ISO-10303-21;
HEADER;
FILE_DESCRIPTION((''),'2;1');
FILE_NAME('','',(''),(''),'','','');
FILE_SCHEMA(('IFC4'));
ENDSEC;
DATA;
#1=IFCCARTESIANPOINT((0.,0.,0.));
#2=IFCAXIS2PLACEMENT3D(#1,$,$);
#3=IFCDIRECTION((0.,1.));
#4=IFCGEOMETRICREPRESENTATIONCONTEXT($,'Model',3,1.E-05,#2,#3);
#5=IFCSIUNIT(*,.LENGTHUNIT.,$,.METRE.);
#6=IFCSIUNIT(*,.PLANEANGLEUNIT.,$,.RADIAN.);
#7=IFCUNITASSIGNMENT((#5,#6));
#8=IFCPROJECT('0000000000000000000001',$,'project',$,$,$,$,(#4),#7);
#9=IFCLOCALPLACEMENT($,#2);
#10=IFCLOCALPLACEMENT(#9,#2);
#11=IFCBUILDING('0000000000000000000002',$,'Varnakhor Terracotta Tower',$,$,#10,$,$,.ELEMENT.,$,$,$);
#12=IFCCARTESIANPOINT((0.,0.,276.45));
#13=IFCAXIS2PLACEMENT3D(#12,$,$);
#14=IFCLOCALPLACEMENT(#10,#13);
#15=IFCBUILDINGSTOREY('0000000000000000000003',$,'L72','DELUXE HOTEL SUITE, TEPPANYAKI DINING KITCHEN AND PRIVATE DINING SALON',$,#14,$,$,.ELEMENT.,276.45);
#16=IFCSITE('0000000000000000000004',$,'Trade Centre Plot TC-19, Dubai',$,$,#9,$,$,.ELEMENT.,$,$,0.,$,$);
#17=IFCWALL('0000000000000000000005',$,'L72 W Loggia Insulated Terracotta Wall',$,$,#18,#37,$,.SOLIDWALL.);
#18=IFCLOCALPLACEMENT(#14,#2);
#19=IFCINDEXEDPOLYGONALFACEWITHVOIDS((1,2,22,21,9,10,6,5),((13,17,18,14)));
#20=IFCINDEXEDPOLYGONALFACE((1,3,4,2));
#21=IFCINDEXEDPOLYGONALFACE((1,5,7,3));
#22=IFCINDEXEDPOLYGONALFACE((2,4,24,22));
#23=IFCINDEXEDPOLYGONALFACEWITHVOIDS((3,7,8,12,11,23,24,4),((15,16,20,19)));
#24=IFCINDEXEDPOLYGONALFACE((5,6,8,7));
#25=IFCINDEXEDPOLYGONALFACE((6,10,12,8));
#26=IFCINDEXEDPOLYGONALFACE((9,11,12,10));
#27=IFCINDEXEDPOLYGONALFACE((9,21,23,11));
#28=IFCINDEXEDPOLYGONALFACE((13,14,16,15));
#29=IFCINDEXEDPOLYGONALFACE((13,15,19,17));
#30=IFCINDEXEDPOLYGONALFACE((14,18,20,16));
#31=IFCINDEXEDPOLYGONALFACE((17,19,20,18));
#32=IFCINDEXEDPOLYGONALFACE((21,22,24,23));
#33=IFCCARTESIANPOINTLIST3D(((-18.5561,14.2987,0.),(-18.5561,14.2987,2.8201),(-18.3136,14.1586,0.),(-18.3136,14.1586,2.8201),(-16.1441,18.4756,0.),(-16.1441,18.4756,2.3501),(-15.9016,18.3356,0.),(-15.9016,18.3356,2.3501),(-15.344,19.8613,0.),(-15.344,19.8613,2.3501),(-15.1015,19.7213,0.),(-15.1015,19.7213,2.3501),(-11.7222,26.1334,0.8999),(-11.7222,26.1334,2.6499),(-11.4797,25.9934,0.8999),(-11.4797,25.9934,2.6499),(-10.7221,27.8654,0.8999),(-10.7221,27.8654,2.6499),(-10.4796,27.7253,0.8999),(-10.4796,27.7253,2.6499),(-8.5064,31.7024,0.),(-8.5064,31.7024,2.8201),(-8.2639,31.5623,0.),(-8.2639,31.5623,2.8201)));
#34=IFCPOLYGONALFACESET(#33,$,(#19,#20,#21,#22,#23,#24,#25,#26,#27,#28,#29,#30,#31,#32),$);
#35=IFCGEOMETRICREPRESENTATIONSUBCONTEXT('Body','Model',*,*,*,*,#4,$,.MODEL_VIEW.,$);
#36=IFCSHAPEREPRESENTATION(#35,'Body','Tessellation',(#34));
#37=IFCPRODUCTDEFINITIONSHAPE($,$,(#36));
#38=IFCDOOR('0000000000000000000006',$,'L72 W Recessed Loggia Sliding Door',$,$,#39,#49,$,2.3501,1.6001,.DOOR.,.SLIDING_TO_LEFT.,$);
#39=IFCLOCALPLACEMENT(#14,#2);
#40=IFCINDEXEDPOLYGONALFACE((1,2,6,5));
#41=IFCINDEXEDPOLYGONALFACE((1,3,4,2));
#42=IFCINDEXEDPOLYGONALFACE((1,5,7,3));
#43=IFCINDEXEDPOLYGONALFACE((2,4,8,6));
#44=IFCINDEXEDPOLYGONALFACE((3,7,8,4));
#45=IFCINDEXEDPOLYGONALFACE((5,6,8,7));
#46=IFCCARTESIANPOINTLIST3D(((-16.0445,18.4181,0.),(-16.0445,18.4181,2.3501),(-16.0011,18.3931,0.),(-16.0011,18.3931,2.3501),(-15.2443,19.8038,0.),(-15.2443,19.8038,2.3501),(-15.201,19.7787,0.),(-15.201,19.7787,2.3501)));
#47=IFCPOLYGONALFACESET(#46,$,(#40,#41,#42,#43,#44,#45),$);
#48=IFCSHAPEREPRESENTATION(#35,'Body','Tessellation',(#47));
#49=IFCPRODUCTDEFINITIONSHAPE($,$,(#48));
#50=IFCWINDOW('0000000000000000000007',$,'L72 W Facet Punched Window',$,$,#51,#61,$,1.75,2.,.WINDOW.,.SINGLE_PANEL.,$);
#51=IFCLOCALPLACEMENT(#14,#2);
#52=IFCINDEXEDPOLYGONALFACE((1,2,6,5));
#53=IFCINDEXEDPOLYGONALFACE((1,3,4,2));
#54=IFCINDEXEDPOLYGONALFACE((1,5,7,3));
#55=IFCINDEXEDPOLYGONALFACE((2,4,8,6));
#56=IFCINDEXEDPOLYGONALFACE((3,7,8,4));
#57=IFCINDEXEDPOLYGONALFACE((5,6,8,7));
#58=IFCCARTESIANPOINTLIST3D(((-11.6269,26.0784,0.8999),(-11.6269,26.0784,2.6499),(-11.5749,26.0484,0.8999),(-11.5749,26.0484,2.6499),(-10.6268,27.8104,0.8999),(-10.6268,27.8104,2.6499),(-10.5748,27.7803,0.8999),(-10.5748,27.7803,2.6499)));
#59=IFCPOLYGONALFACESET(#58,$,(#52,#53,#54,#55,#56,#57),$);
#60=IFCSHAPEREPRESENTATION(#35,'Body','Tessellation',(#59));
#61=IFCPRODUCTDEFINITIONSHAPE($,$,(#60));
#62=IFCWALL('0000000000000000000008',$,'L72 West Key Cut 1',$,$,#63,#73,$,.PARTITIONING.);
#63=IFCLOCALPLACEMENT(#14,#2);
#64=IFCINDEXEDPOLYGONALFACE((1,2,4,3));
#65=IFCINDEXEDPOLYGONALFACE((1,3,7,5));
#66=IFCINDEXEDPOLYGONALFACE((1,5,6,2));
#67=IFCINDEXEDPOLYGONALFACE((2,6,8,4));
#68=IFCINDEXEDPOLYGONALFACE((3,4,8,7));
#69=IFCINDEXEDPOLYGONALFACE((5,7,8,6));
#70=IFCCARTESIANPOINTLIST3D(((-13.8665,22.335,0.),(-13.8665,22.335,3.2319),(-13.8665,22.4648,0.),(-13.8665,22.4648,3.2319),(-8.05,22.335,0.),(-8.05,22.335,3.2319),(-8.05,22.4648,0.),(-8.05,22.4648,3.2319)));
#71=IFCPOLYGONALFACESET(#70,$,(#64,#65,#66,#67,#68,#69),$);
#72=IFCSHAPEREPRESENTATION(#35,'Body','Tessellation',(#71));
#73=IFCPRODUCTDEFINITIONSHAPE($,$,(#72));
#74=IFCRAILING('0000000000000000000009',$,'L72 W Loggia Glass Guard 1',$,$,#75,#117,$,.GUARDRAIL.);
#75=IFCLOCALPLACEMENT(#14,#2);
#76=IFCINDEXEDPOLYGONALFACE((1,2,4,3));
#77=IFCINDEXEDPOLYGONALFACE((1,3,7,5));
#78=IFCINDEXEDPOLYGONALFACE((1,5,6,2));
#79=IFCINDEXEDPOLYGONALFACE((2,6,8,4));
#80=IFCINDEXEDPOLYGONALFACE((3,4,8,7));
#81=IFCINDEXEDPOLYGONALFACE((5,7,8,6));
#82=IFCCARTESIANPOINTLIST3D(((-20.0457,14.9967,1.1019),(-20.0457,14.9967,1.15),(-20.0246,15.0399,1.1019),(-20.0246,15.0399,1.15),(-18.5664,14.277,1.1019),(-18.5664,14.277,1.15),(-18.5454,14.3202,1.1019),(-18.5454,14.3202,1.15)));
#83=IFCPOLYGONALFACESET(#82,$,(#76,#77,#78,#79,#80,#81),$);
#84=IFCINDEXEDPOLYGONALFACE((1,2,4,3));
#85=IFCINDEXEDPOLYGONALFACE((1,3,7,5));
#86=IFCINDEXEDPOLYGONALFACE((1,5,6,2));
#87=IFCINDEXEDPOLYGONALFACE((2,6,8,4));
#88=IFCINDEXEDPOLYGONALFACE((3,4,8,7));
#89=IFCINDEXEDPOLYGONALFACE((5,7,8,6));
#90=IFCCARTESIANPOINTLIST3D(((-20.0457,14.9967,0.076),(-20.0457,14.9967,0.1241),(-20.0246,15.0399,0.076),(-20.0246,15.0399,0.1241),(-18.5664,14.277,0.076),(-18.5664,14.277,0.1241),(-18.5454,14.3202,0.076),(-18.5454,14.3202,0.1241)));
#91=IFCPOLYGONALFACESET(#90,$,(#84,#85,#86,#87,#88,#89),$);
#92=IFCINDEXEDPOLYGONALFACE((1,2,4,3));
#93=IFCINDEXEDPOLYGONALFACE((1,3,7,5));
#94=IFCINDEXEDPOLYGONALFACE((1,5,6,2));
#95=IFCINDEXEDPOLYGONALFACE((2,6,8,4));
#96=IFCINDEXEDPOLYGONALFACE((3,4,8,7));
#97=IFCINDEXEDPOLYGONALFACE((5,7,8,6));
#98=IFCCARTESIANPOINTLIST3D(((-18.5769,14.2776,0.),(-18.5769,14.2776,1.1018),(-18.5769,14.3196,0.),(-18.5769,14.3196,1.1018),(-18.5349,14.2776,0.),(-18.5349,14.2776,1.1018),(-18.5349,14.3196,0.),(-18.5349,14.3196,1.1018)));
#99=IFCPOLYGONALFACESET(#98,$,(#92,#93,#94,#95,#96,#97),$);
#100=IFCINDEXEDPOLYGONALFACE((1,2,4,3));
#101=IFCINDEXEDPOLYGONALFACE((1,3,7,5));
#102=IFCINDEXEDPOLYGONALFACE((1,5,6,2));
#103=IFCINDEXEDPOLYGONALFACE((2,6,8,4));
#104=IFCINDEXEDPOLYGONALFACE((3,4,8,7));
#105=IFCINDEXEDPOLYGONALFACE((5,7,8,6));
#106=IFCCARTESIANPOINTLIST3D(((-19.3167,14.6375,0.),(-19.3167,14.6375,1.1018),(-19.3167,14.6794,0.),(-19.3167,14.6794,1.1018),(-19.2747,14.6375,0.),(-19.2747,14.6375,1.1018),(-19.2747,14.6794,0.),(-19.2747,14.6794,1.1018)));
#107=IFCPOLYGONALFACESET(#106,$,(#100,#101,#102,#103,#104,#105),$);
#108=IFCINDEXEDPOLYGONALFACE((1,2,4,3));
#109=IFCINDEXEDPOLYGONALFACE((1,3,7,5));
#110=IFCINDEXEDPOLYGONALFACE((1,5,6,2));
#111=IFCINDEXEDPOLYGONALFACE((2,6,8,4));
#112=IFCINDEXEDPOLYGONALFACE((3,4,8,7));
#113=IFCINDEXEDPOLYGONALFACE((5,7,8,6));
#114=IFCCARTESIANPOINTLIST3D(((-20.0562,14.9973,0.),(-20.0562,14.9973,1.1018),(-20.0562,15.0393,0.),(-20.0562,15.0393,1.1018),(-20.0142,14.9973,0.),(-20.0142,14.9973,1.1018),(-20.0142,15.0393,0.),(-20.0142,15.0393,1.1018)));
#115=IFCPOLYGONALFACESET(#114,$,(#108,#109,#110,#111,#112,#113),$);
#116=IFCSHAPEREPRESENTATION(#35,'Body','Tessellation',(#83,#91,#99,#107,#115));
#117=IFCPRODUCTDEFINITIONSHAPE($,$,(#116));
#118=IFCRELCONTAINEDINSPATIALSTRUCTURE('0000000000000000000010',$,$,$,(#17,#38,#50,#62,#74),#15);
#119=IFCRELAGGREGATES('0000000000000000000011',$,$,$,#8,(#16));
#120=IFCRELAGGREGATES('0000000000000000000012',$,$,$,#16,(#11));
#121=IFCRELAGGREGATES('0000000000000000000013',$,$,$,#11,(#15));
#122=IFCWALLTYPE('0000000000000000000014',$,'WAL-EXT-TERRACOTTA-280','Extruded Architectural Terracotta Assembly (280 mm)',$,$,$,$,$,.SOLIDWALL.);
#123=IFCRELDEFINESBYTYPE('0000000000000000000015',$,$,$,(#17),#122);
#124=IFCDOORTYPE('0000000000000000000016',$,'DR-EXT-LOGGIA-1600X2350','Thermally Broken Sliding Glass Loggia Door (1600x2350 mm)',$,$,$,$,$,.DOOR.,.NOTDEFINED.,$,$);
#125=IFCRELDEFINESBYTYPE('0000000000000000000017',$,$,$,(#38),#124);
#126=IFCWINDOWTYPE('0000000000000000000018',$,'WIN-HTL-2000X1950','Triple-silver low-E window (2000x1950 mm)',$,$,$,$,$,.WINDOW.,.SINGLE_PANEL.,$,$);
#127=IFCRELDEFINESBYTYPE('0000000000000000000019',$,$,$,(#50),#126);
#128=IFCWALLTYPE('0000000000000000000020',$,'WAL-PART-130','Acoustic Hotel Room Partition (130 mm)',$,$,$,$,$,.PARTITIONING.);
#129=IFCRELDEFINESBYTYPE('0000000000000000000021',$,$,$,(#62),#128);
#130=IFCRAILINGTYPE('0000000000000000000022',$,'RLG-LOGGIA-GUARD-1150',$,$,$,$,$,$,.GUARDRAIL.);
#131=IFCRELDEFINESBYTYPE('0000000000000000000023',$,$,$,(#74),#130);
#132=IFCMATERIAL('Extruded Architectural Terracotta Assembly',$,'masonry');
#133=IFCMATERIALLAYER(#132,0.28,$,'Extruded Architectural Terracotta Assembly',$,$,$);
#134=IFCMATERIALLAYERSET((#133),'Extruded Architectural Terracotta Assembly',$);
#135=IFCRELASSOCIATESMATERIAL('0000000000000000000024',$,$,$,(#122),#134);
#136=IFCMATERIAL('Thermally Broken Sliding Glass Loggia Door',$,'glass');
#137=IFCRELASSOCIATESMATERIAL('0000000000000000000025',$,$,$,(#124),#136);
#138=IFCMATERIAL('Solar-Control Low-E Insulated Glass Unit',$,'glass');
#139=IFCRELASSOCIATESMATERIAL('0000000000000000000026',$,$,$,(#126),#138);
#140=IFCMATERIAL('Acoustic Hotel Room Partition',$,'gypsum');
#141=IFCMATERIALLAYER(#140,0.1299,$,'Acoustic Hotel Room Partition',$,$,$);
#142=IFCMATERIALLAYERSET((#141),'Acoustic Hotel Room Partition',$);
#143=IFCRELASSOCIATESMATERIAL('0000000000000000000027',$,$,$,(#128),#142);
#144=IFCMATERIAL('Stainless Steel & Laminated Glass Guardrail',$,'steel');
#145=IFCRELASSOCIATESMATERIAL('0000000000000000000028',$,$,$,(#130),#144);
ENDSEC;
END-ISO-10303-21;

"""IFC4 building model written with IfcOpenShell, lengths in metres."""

from ifc_helpers import new_model, si_unit, direction, frame, frame_2d, origin, origin_2d, place, context, subcontext, project, spatial, rectangle, extrude, source, transform, mapped, material, layer, layer_set, type_object, type_shapes, element, fill, save


model = new_model("IFC4")

# Units and contexts
model_context = context("Model", 3, precision=1e-05, world=origin(), true_north=direction((0.0, 1.0)))
body_context = subcontext(model_context, "Body", "Model", "MODEL_VIEW")
ifc_project = project(units=[si_unit("LENGTHUNIT", "METRE"), si_unit("PLANEANGLEUNIT", "RADIAN")], contexts=[model_context])

# Site, building, storey
site_placement = place(None, origin())
site = spatial("IfcSite", under=ifc_project, at=site_placement, Name="Trade Centre Plot TC-19, Dubai", CompositionType="ELEMENT", RefElevation=0.0)
building_placement = place(site_placement, origin())
building = spatial("IfcBuilding", under=site, at=building_placement, Name="Varnakhor Terracotta Tower", CompositionType="ELEMENT")
storey_placement = place(building_placement, frame((0.0, 0.0, 276.45)))
storey = spatial("IfcBuildingStorey", under=building, at=storey_placement, Name="L72", Description="DELUXE HOTEL SUITE, TEPPANYAKI DINING KITCHEN AND PRIVATE DINING SALON", CompositionType="ELEMENT", Elevation=276.45)

# Wall, openings, door, window
ifc_material_1 = material(Name="Extruded Architectural Terracotta Assembly", Category="masonry")
ifc_layer_1 = layer(ifc_material_1, 0.28, Name="Extruded Architectural Terracotta Assembly")
ifc_layer_set_1 = layer_set([ifc_layer_1], Name="Extruded Architectural Terracotta Assembly")
wall_type_1 = type_object("IfcWallType", Name="WAL-EXT-TERRACOTTA-280", Description="Extruded Architectural Terracotta Assembly (280 mm)", PredefinedType="SOLIDWALL", material=ifc_layer_set_1)
wall_1_placement = place(storey_placement, frame((-18.4348, 14.2288, 0.0), z_axis=(0.0, 0.0, 1.0), x_axis=(0.500064, 0.865989, 0.0)))
wall_1 = element("IfcWall", 1, at=wall_1_placement, inside=storey, type_object=wall_type_1, Name="L72 W Loggia Insulated Terracotta Wall", PredefinedType="SOLIDWALL", context=body_context, shape_type="SweptSolid", body=[
    extrude(rectangle(XDim=20.0969, YDim=0.28, at=frame_2d((10.0483, 0.0))), origin(), (0.0, 0.0, 1.0), 2.8201),
])
opening_1_placement = place(wall_1_placement, frame((4.8232, 0.0, 0.0)))
opening_1 = element("IfcOpeningElement", 2, at=opening_1_placement, cuts=wall_1, PredefinedType="OPENING", context=body_context, shape_type="SweptSolid", body=[
    extrude(rectangle(XDim=1.6001, YDim=2.3501, at=frame_2d((0.8, 1.175))), frame((0.0, 0.1499, 0.0), z_axis=(0.0, -1.0, 0.0), x_axis=(1.0, 0.0, 0.0)), (0.0, 0.0, 1.0), 0.3),
])
opening_2_placement = place(wall_1_placement, frame((13.666, 0.0, 0.8999)))
opening_2 = element("IfcOpeningElement", 3, at=opening_2_placement, cuts=wall_1, PredefinedType="OPENING", context=body_context, shape_type="SweptSolid", body=[
    extrude(rectangle(XDim=2.0, YDim=1.75, at=frame_2d((1.0, 0.875))), frame((0.0, 0.1499, 0.0), z_axis=(0.0, -1.0, 0.0), x_axis=(1.0, 0.0, 0.0)), (0.0, 0.0, 1.0), 0.3),
])
ifc_material_2 = material(Name="Thermally Broken Sliding Glass Loggia Door", Category="glass")
door_type_1 = type_object("IfcDoorType", Name="DR-EXT-LOGGIA-1600X2350", Description="Thermally Broken Sliding Glass Loggia Door (1600x2350 mm)", OperationType="NOTDEFINED", PredefinedType="DOOR", material=ifc_material_2)
shared_shape_1 = source(origin(), body_context, "Body", "SweptSolid", [
    extrude(rectangle(XDim=1.6001, YDim=2.3501, at=frame_2d((0.8, 1.175))), frame((0.0, 0.0249, 0.0), z_axis=(0.0, -1.0, 0.0), x_axis=(1.0, 0.0, 0.0)), (0.0, 0.0, 1.0), 0.05),
])
type_shapes(door_type_1, [shared_shape_1])
door_1_placement = place(opening_1_placement, origin())
door_1 = element("IfcDoor", 4, at=door_1_placement, inside=storey, type_object=door_type_1, Name="L72 W Recessed Loggia Sliding Door", OperationType="SLIDING_TO_LEFT", OverallHeight=2.3501, OverallWidth=1.6001, PredefinedType="DOOR", context=body_context, shape_type="MappedRepresentation", body=[
    mapped(shared_shape_1, transform((0.0, 0.0, 0.0), scale=1.0)),
])
fill(opening_1, door_1)
ifc_material_3 = material(Name="Solar-Control Low-E Insulated Glass Unit", Category="glass")
window_type = type_object("IfcWindowType", Name="WIN-HTL-2000X1950", Description="Triple-silver low-E window (2000x1950 mm)", PartitioningType="SINGLE_PANEL", PredefinedType="WINDOW", material=ifc_material_3)
shared_shape_2 = source(origin(), body_context, "Body", "SweptSolid", [
    extrude(rectangle(XDim=2.0, YDim=1.75, at=frame_2d((1.0, 0.875))), frame((0.0, 0.03, 0.0), z_axis=(0.0, -1.0, 0.0), x_axis=(1.0, 0.0, 0.0)), (0.0, 0.0, 1.0), 0.0601),
])
type_shapes(window_type, [shared_shape_2])
window_placement = place(opening_2_placement, origin())
window = element("IfcWindow", 5, at=window_placement, inside=storey, type_object=window_type, Name="L72 W Facet Punched Window", OverallHeight=1.75, OverallWidth=2.0, PartitioningType="SINGLE_PANEL", PredefinedType="WINDOW", context=body_context, shape_type="MappedRepresentation", body=[
    mapped(shared_shape_2, transform((0.0, 0.0, 0.0), scale=1.0)),
])
fill(opening_2, window)

# Wall
ifc_material_4 = material(Name="Acoustic Hotel Room Partition", Category="gypsum")
ifc_layer_2 = layer(ifc_material_4, 0.1299, Name="Acoustic Hotel Room Partition")
ifc_layer_set_2 = layer_set([ifc_layer_2], Name="Acoustic Hotel Room Partition")
wall_type_2 = type_object("IfcWallType", Name="WAL-PART-130", Description="Acoustic Hotel Room Partition (130 mm)", PredefinedType="PARTITIONING", material=ifc_layer_set_2)
wall_2_placement = place(storey_placement, frame((-13.8665, 22.3999, 0.0), z_axis=(0.0, 0.0, 1.0), x_axis=(1.0, 0.0, 0.0)))
element("IfcWall", 6, at=wall_2_placement, inside=storey, type_object=wall_type_2, Name="L72 West Key Cut 1", PredefinedType="PARTITIONING", context=body_context, shape_type="SweptSolid", body=[
    extrude(rectangle(XDim=5.8164, YDim=0.1299, at=frame_2d((2.9082, 0.0))), origin(), (0.0, 0.0, 1.0), 3.2319),
])

# Railing
ifc_material_5 = material(Name="Stainless Steel & Laminated Glass Guardrail", Category="steel")
railing_type = type_object("IfcRailingType", Name="RLG-LOGGIA-GUARD-1150", PredefinedType="GUARDRAIL", material=ifc_material_5)
railing_1_placement = place(storey_placement, frame((-18.5559, 14.2986, 0.0)))
element("IfcRailing", 7, at=railing_1_placement, inside=storey, type_object=railing_type, Name="L72 W Loggia Glass Guard 1", PredefinedType="GUARDRAIL", context=body_context, shape_type="SweptSolid", body=[
    extrude(rectangle(XDim=0.0481, YDim=0.0481, at=origin_2d()), frame((0.0, 0.0, 1.126), z_axis=(-0.899213, 0.437511, 0.0), x_axis=(-0.437511, -0.899213, 0.0)), (0.0, 0.0, 1.0), 1.645),
    extrude(rectangle(XDim=0.0481, YDim=0.0481, at=origin_2d()), frame((0.0, 0.0, 0.1001), z_axis=(-0.899213, 0.437511, 0.0), x_axis=(-0.437511, -0.899213, 0.0)), (0.0, 0.0, 1.0), 1.645),
    extrude(rectangle(XDim=0.042, YDim=0.042, at=origin_2d()), origin(), (0.0, 0.0, 1.0), 1.1018),
    extrude(rectangle(XDim=0.042, YDim=0.042, at=origin_2d()), frame((-0.7397, 0.3599, 0.0)), (0.0, 0.0, 1.0), 1.1018),
    extrude(rectangle(XDim=0.042, YDim=0.042, at=origin_2d()), frame((-1.4792, 0.7197, 0.0)), (0.0, 0.0, 1.0), 1.1018),
])

save(model, "model.ifc")
